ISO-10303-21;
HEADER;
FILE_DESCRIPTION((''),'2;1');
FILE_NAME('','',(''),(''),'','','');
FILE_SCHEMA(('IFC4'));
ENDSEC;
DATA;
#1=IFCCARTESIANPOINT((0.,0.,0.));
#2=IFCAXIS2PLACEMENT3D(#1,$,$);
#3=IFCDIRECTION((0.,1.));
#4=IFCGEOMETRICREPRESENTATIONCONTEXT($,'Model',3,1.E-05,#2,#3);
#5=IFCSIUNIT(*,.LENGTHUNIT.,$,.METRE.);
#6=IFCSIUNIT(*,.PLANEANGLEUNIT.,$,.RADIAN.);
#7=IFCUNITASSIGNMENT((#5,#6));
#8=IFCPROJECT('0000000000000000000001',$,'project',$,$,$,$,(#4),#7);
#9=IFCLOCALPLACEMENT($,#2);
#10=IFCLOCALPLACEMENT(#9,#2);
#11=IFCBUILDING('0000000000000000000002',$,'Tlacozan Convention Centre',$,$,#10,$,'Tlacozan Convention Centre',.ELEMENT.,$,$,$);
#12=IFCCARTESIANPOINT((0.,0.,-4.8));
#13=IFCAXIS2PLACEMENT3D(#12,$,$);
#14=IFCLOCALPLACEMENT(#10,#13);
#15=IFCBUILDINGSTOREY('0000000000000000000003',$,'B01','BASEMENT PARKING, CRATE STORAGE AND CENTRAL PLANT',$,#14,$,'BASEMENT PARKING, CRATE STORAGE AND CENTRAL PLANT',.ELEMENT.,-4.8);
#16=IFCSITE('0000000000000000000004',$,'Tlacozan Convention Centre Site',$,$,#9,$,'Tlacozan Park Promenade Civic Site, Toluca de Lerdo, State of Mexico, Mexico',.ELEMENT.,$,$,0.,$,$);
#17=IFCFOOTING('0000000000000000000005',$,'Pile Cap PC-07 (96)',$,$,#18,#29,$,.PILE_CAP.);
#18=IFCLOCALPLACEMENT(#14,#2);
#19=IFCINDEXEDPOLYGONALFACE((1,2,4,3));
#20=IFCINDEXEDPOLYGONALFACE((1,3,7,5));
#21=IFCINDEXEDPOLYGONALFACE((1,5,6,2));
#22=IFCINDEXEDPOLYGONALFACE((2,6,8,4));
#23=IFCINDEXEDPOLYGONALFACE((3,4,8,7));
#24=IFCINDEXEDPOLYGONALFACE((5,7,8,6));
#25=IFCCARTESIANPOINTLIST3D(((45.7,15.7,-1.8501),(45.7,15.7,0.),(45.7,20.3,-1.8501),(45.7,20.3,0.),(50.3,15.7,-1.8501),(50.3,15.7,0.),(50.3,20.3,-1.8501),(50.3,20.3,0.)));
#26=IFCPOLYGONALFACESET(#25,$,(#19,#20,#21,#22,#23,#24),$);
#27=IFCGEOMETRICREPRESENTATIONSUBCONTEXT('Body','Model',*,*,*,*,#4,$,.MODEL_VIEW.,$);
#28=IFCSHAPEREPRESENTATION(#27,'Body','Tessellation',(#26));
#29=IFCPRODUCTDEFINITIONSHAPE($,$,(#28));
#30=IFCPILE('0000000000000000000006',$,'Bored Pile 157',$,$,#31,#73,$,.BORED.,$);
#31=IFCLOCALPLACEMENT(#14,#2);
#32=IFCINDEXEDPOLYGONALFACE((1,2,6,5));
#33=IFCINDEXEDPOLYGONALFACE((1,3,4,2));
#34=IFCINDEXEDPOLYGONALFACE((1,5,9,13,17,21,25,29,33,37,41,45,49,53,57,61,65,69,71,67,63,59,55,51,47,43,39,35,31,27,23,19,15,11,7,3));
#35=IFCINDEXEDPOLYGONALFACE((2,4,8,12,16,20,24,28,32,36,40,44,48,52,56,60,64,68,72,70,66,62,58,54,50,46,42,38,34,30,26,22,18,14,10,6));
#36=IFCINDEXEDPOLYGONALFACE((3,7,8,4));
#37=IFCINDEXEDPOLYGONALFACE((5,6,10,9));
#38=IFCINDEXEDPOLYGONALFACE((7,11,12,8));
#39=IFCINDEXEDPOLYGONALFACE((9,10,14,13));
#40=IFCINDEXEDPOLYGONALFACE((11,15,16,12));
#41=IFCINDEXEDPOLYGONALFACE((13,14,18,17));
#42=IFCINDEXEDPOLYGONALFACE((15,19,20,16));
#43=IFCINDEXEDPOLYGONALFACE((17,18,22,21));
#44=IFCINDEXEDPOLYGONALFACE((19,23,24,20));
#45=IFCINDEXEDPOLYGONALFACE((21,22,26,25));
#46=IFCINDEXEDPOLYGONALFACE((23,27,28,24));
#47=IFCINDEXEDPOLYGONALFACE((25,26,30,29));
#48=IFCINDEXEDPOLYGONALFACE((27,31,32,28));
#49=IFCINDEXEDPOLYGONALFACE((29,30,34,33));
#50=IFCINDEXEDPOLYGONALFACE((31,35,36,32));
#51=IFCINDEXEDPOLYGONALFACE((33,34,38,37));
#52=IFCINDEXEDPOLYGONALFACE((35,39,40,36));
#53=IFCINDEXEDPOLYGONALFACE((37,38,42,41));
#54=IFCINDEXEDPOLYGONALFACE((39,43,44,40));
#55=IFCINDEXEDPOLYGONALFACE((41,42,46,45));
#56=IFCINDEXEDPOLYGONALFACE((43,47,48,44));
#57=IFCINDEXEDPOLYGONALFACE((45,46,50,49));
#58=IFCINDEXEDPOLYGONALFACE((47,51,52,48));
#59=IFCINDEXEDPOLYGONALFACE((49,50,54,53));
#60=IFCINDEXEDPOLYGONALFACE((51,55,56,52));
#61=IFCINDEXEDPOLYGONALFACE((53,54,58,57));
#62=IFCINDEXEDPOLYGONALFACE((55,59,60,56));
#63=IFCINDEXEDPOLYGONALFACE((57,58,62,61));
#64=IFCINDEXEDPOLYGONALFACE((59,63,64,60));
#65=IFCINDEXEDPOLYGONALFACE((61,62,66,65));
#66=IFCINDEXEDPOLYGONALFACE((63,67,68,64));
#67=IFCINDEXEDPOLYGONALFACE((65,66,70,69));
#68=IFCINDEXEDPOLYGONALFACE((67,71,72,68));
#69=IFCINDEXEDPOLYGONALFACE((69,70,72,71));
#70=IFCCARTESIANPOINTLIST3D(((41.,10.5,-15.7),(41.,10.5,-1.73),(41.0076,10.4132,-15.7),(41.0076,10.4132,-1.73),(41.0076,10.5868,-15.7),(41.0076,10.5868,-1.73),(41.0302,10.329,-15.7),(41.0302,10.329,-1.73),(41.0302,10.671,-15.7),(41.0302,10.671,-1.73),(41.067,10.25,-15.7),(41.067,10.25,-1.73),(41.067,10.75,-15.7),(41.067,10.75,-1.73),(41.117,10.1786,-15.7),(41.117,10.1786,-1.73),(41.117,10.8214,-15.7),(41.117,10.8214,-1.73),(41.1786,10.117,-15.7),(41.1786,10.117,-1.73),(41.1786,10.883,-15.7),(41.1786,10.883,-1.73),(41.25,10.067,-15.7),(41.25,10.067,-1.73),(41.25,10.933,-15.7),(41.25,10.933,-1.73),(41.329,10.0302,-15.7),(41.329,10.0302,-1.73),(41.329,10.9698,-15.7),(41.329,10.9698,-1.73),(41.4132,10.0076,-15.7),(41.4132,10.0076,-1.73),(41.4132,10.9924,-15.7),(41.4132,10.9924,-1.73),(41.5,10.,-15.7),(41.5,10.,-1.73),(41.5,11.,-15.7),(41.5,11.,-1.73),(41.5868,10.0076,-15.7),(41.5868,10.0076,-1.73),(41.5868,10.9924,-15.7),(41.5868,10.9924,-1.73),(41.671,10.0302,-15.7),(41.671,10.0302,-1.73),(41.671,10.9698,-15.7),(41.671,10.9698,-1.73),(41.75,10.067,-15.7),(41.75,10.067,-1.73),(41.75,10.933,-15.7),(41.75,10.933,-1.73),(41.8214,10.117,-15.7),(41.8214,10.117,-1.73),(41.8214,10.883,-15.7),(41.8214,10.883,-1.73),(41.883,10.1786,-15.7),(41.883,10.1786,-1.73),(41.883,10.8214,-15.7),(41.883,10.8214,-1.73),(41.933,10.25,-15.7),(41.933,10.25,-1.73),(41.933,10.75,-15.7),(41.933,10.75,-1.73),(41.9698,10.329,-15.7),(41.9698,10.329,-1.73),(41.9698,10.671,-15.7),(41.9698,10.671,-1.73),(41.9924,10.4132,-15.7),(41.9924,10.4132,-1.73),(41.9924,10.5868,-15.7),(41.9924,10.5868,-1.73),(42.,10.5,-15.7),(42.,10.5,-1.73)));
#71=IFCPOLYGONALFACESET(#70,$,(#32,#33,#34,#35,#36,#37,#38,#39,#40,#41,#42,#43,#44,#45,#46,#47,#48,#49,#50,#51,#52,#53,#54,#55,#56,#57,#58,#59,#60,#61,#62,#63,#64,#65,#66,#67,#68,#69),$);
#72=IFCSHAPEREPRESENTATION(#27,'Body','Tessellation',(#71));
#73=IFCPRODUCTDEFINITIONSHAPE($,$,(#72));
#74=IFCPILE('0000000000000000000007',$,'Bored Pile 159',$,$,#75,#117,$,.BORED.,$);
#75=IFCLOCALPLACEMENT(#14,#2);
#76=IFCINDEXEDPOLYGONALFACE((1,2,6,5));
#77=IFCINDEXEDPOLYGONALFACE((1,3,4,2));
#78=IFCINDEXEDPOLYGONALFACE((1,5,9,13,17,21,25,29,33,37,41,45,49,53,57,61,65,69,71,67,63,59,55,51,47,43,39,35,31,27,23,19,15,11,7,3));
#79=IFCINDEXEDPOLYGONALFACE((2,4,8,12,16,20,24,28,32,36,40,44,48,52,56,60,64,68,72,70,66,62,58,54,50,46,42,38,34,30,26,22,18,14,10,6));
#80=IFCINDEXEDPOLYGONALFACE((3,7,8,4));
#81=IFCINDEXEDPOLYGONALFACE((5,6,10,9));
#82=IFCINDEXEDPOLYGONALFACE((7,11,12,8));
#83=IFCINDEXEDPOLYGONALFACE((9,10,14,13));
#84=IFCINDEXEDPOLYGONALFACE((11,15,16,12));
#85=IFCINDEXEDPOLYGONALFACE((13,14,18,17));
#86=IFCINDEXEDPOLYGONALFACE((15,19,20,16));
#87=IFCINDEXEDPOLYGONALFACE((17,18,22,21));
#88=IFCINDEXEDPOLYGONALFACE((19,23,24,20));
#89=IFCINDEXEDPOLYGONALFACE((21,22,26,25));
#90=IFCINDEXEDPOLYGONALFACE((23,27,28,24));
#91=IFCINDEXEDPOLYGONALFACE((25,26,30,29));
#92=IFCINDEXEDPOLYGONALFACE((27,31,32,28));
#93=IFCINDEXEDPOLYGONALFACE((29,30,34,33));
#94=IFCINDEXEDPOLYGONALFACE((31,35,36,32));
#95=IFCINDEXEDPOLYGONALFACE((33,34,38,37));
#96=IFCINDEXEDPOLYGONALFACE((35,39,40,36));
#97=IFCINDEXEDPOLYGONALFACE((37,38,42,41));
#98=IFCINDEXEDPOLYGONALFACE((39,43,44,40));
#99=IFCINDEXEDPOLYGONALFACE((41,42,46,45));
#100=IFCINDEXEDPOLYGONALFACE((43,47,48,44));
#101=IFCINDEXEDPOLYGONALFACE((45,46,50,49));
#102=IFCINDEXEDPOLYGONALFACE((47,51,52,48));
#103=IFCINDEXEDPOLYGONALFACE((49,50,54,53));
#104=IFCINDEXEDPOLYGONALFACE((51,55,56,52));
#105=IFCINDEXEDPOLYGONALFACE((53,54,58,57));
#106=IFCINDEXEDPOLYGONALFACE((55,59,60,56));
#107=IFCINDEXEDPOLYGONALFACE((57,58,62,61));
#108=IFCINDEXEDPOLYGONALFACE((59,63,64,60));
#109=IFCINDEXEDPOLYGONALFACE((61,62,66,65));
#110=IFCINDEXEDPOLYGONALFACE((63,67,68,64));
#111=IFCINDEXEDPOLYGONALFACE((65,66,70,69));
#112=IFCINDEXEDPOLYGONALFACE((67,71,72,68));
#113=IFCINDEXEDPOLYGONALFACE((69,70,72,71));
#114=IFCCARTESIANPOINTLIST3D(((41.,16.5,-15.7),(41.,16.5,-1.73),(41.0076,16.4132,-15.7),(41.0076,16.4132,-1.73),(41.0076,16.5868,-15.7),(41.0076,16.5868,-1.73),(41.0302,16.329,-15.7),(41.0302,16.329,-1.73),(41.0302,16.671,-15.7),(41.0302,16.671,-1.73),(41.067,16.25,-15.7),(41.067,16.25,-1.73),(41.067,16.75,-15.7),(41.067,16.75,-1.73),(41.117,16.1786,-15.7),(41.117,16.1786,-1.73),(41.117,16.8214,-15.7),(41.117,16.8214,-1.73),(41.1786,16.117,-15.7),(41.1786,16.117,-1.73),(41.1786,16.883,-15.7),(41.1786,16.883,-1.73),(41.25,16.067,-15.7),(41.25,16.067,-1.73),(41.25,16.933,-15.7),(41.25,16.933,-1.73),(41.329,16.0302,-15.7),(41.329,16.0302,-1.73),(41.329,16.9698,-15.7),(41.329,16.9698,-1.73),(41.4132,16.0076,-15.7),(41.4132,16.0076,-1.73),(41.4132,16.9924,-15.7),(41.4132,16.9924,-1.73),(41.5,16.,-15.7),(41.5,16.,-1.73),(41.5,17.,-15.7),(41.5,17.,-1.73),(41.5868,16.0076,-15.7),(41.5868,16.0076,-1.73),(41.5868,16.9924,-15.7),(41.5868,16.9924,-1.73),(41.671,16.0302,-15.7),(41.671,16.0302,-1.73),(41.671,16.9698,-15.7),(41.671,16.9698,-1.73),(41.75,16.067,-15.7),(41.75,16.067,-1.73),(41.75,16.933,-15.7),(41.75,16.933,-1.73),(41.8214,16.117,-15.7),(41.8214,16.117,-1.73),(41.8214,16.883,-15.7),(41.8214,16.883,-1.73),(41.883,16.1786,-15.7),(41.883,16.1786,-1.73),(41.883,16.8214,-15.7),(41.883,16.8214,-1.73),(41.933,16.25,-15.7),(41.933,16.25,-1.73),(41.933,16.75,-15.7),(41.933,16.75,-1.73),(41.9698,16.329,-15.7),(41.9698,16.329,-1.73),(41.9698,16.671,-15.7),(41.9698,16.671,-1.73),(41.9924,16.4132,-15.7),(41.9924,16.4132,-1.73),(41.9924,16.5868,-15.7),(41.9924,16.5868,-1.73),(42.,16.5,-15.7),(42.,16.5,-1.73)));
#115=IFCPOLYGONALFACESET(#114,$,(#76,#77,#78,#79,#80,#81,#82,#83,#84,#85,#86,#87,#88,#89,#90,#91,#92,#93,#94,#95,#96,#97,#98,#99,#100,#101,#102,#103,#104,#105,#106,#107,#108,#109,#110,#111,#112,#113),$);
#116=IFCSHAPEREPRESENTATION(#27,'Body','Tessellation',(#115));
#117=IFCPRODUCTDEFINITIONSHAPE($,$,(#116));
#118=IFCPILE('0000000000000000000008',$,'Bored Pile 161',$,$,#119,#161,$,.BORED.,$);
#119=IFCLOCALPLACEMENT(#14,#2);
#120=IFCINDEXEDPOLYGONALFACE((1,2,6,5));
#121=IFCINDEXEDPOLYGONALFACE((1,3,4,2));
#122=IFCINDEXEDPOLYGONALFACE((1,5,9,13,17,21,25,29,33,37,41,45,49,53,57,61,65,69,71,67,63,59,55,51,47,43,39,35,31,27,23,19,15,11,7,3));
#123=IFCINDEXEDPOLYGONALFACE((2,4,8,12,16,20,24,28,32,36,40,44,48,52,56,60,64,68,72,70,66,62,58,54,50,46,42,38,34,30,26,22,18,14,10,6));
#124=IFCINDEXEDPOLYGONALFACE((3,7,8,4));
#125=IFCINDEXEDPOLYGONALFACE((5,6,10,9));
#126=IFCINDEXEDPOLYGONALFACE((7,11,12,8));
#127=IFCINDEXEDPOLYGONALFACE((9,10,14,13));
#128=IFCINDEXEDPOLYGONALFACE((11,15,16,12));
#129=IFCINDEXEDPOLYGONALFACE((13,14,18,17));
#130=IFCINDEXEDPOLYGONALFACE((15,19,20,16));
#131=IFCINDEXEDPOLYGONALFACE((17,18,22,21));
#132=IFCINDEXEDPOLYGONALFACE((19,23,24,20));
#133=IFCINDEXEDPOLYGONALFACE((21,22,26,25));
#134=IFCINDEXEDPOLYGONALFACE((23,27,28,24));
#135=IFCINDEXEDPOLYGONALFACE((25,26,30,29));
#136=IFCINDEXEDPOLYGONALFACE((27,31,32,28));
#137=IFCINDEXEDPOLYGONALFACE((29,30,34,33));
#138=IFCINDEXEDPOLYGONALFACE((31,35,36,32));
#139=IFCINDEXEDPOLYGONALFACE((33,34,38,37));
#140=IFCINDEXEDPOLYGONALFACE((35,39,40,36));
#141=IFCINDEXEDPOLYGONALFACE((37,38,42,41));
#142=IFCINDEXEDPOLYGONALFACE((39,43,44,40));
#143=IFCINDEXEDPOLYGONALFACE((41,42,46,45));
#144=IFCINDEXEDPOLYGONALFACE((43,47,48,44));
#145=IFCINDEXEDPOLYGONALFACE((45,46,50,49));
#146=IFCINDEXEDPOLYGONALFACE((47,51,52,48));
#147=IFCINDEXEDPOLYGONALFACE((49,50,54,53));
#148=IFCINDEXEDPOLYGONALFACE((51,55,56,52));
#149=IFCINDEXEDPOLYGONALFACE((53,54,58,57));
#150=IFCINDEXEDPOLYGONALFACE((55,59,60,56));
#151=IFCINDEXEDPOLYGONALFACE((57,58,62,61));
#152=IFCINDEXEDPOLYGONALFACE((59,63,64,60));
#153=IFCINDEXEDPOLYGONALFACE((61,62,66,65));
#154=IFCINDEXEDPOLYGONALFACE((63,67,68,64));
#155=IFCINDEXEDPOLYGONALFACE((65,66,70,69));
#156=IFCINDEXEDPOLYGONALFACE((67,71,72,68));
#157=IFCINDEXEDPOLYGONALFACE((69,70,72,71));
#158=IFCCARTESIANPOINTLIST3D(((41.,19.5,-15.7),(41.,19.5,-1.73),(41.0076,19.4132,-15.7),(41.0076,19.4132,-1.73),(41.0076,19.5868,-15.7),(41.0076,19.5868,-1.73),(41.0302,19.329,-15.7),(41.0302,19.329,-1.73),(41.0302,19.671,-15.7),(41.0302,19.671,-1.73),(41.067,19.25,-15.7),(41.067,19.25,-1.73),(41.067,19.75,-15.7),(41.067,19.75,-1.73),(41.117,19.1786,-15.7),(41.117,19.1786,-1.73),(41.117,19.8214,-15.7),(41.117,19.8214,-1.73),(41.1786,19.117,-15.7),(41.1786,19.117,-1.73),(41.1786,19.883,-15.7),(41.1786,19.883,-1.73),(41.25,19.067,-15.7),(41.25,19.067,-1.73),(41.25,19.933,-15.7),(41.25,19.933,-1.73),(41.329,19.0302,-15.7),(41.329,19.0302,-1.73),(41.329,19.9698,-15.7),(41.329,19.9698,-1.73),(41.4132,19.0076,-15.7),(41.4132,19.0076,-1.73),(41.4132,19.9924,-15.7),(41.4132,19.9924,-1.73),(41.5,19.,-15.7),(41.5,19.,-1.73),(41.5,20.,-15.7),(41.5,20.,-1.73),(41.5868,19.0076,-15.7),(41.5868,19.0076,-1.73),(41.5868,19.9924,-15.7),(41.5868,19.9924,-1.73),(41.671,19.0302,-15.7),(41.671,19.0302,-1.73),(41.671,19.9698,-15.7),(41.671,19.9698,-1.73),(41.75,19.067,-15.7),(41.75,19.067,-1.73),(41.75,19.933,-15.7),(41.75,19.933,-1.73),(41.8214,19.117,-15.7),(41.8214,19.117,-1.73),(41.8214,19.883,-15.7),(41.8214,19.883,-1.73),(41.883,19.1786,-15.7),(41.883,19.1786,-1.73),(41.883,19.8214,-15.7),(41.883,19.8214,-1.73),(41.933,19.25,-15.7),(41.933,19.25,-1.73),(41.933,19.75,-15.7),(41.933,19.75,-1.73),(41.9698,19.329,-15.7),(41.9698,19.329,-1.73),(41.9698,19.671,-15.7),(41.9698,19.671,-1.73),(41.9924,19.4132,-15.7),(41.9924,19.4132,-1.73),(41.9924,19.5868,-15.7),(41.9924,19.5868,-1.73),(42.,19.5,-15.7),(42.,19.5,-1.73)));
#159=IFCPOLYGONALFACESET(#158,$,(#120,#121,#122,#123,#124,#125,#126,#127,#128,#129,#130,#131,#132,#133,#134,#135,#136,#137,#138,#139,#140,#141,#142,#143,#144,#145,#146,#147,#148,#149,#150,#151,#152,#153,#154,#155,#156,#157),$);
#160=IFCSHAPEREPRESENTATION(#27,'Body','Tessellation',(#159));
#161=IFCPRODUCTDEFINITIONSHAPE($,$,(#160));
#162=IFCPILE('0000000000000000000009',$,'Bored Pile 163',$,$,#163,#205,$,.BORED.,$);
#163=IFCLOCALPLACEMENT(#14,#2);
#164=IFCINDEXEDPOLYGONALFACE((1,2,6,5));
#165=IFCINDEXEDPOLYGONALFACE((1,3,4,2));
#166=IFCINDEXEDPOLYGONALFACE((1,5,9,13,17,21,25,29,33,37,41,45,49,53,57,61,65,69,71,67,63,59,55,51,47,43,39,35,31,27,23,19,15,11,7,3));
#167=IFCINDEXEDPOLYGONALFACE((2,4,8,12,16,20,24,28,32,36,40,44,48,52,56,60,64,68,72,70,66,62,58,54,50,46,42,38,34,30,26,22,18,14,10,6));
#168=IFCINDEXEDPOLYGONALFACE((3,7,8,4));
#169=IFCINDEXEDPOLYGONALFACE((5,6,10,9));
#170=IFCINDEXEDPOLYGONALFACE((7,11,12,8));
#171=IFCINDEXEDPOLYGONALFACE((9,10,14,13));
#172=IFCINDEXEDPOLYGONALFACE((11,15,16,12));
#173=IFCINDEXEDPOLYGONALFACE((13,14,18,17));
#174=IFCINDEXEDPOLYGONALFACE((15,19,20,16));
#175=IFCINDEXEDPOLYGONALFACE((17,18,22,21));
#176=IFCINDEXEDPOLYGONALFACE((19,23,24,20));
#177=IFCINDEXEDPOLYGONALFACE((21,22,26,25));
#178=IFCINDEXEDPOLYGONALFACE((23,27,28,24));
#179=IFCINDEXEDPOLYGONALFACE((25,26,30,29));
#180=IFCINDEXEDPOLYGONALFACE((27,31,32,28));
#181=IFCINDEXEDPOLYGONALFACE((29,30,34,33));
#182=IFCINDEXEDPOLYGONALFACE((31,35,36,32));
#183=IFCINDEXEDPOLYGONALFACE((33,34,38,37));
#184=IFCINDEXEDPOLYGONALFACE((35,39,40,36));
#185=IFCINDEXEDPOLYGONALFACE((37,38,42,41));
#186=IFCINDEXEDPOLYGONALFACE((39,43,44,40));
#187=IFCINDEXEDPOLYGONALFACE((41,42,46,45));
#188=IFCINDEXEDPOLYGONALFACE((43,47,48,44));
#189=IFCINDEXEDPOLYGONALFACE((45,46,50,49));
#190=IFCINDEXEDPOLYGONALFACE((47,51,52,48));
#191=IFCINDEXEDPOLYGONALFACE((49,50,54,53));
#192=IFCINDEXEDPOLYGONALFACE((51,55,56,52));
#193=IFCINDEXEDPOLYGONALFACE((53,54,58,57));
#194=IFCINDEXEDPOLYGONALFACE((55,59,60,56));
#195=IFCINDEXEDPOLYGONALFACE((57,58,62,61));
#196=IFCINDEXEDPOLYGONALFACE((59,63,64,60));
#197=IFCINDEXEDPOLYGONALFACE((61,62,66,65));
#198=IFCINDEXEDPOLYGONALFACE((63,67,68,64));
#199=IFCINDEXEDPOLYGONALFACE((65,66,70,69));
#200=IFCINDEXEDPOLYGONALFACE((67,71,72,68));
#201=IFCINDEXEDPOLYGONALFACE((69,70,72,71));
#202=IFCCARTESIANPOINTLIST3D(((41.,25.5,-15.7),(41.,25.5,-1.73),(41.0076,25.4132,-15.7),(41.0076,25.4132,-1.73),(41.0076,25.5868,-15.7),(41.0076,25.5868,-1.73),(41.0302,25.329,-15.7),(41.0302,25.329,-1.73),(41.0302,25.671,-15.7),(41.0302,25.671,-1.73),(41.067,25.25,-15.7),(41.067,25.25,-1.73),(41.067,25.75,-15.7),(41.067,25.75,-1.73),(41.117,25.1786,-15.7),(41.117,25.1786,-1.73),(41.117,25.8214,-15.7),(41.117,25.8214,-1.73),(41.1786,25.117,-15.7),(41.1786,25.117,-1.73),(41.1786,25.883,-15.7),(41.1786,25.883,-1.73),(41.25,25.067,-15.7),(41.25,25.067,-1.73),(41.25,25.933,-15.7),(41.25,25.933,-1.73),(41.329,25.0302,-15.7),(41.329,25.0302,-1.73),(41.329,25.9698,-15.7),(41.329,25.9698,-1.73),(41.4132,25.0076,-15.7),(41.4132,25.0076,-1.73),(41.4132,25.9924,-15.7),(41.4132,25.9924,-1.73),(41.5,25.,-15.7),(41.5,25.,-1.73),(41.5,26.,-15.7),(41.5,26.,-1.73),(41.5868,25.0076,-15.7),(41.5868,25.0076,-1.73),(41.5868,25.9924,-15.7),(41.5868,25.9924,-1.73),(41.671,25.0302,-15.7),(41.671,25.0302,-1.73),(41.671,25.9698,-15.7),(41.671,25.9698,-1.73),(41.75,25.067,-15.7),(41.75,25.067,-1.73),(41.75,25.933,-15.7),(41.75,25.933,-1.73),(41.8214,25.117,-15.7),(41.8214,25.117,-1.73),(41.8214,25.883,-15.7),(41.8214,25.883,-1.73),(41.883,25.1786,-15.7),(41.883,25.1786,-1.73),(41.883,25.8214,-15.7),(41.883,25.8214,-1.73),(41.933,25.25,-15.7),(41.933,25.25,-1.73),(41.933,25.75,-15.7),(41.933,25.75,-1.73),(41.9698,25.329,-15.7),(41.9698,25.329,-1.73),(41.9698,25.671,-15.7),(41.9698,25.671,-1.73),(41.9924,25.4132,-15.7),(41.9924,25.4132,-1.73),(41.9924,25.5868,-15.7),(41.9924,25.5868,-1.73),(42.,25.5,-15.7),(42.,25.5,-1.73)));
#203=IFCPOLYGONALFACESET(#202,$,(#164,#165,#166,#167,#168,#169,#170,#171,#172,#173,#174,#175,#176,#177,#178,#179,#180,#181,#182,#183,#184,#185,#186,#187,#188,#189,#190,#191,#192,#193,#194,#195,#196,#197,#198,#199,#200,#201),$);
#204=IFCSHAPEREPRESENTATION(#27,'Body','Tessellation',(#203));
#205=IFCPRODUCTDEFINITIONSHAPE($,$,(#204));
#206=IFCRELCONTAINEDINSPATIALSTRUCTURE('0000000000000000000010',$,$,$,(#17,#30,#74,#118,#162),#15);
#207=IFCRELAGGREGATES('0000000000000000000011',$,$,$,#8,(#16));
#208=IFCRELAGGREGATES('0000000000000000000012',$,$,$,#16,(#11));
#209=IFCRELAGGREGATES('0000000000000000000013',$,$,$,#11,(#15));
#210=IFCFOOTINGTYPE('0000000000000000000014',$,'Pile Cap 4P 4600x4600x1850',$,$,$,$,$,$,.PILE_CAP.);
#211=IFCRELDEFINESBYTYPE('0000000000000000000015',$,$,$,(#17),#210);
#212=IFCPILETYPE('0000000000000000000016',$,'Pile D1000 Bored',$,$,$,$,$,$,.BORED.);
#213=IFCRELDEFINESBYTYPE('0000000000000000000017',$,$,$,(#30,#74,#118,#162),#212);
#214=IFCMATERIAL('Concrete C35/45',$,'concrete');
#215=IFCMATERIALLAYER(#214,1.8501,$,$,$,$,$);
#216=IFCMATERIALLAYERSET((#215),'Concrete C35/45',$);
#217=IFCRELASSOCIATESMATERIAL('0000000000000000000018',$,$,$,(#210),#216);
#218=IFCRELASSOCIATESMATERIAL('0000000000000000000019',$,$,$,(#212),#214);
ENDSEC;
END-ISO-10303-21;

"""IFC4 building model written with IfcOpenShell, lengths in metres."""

from ifc_helpers import new_model, si_unit, direction, frame, origin, origin_2d, place, context, subcontext, project, spatial, rectangle, circle, extrude, material, layer, layer_set, material_profile, profile_set, type_object, element, save


model = new_model("IFC4")

# Units and contexts
model_context = context("Model", 3, precision=1e-05, world=origin(), true_north=direction((0.0, 1.0)))
body_context = subcontext(model_context, "Body", "Model", "MODEL_VIEW")
ifc_project = project(units=[si_unit("LENGTHUNIT", "METRE"), si_unit("PLANEANGLEUNIT", "RADIAN")], contexts=[model_context])

# Site, building, storey
site_placement = place(None, origin())
site = spatial("IfcSite", under=ifc_project, at=site_placement, Name="Tlacozan Convention Centre Site", LongName="Tlacozan Park Promenade Civic Site, Toluca de Lerdo, State of Mexico, Mexico", CompositionType="ELEMENT", RefElevation=0.0)
building_placement = place(site_placement, origin())
building = spatial("IfcBuilding", under=site, at=building_placement, Name="Tlacozan Convention Centre", LongName="Tlacozan Convention Centre", CompositionType="ELEMENT")
storey_placement = place(building_placement, frame((0.0, 0.0, -4.8)))
storey = spatial("IfcBuildingStorey", under=building, at=storey_placement, Name="B01", Description="BASEMENT PARKING, CRATE STORAGE AND CENTRAL PLANT", LongName="BASEMENT PARKING, CRATE STORAGE AND CENTRAL PLANT", CompositionType="ELEMENT", Elevation=-4.8)

# Footing
ifc_material_1 = material(Name="Concrete C35/45", Category="concrete")
ifc_layer_1 = layer(ifc_material_1, 1.8501)
ifc_layer_set_1 = layer_set([ifc_layer_1], Name="Concrete C35/45")
footing_type = type_object("IfcFootingType", Name="Pile Cap 4P 4600x4600x1850", PredefinedType="PILE_CAP", material=ifc_layer_set_1)
footing_placement = place(storey_placement, frame((48.0, 18.0, -1.8501), z_axis=(0.0, 0.0, 1.0), x_axis=(1.0, 0.0, 0.0)))
element("IfcFooting", 1, at=footing_placement, inside=storey, type_object=footing_type, Name="Pile Cap PC-07 (96)", PredefinedType="PILE_CAP", context=body_context, shape_type="SweptSolid", body=[
    extrude(rectangle(XDim=4.6001, YDim=4.6001, at=origin_2d()), origin(), (0.0, 0.0, 1.0), 1.8501),
])

# Piles
ifc_material_profile_1 = material_profile(ifc_material_1, circle(Radius=0.5, at=origin_2d()), Name="PILE D1000")
ifc_profile_set_1 = profile_set([ifc_material_profile_1], Name="Concrete C35/45")
pile_type = type_object("IfcPileType", Name="Pile D1000 Bored", PredefinedType="BORED", material=ifc_profile_set_1)
for number, where, z_axis, x_axis, name in (
    (2, (41.5, 10.5, -1.73), (0.0, 0.0, -1.0), (1.0, 0.0, 0.0), "Bored Pile 157"),
    (3, (41.5, 16.5, -1.73), (0.0, 0.0, -1.0), (1.0, 0.0, 0.0), "Bored Pile 159"),
    (4, (41.5, 19.5, -1.73), (0.0, 0.0, -1.0), (1.0, 0.0, 0.0), "Bored Pile 161"),
    (5, (41.5, 25.5, -1.73), (0.0, 0.0, -1.0), (1.0, 0.0, 0.0), "Bored Pile 163"),
):
    element("IfcPile", number, at=place(storey_placement, frame(where, z_axis=z_axis, x_axis=x_axis)), inside=storey, type_object=pile_type, Name=name, PredefinedType="BORED", context=body_context, shape_type="SweptSolid", body=[
        extrude(circle(Radius=0.5, at=origin_2d()), origin(), (0.0, 0.0, 1.0), 13.97),
    ])

save(model, "model.ifc")
